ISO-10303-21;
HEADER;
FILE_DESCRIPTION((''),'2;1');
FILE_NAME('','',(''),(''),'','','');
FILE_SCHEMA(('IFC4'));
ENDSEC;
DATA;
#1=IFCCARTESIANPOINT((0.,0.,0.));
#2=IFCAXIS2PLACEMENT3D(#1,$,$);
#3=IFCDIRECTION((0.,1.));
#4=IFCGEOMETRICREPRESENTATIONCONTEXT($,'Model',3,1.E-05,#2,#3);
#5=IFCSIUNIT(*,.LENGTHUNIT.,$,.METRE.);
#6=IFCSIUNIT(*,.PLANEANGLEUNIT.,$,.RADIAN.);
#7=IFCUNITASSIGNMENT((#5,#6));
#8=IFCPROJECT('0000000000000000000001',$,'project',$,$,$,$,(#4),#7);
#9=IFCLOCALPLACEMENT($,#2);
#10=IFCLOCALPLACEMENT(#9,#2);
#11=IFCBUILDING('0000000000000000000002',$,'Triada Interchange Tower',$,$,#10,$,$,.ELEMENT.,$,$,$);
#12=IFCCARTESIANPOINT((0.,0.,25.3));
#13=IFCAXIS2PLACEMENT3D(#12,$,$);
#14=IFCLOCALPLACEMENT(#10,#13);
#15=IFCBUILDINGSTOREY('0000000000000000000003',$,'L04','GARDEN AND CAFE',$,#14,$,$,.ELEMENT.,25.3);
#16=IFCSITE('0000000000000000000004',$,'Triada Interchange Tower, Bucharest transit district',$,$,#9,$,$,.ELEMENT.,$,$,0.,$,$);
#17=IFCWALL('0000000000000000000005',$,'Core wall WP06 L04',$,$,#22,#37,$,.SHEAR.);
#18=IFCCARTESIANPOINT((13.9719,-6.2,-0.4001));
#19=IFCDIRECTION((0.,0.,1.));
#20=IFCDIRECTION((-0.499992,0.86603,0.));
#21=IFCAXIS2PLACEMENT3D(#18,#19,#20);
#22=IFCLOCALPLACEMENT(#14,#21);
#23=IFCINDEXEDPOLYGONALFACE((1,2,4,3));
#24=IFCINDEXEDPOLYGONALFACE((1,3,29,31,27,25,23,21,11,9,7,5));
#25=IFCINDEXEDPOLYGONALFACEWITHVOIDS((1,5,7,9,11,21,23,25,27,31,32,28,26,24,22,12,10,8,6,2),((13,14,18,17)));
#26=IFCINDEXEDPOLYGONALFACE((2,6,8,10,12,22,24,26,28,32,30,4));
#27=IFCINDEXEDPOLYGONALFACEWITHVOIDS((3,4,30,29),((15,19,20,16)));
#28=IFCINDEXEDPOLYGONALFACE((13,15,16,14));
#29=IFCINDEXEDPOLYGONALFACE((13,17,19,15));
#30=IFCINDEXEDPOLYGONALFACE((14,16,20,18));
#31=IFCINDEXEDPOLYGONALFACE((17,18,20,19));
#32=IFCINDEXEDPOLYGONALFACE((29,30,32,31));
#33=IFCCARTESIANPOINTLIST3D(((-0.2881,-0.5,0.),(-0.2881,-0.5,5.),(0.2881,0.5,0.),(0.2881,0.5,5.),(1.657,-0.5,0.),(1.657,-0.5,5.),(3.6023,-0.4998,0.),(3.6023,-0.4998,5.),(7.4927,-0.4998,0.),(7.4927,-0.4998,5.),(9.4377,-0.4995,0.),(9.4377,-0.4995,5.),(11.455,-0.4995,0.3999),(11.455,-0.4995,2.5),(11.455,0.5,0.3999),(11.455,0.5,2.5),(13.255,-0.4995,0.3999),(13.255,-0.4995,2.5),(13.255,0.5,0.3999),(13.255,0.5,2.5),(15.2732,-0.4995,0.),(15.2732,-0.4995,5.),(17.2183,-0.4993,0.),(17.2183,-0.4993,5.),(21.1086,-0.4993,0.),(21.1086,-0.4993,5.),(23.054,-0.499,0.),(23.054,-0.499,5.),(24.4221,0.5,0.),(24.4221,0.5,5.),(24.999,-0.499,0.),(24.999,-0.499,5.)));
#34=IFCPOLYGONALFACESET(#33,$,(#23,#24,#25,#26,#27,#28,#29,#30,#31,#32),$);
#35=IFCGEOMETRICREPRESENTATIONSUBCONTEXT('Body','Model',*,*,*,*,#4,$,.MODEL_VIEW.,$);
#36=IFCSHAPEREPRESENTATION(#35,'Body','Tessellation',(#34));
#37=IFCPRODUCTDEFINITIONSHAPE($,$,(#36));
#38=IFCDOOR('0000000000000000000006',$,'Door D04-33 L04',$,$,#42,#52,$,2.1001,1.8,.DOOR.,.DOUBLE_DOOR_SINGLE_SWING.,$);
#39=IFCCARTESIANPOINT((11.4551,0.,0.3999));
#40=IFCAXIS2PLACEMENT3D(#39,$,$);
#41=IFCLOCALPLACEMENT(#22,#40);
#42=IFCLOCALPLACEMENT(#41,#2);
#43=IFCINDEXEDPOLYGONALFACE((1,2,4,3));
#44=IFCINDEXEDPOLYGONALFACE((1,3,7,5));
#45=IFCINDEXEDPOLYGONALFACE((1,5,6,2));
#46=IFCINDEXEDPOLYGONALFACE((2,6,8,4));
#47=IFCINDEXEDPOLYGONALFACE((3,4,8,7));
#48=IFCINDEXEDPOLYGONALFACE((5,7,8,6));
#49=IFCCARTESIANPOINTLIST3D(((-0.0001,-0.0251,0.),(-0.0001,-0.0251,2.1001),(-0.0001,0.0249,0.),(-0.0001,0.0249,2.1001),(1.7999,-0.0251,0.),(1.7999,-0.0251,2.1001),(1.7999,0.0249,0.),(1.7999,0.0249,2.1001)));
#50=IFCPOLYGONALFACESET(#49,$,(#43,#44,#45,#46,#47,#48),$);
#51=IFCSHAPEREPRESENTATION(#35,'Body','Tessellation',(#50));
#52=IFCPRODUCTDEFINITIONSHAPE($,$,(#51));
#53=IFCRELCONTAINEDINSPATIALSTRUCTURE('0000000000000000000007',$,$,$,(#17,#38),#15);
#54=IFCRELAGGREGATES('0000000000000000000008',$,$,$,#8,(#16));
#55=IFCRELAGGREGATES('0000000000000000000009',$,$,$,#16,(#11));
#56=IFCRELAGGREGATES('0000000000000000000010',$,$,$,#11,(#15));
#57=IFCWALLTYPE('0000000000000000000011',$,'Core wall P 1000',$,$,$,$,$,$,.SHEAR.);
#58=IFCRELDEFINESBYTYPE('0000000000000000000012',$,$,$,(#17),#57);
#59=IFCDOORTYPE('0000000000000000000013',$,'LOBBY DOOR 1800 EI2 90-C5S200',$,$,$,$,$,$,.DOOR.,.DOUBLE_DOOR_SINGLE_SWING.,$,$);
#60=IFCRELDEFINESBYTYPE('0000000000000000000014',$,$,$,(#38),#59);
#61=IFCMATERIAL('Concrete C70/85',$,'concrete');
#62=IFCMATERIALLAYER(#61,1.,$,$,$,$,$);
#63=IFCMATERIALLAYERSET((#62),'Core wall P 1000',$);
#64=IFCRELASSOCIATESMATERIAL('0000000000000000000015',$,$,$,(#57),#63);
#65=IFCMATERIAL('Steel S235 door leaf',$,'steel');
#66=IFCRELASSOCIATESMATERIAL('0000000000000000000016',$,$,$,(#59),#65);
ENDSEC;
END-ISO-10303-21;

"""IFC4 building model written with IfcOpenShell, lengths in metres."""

from ifc_helpers import new_model, si_unit, direction, frame, frame_2d, origin, place, context, subcontext, project, spatial, polyline, rectangle, outline, extrude, material, layer, layer_set, type_object, element, fill, save


model = new_model("IFC4")

# Units and contexts
model_context = context("Model", 3, precision=1e-05, world=origin(), true_north=direction((0.0, 1.0)))
body_context = subcontext(model_context, "Body", "Model", "MODEL_VIEW")
ifc_project = project(units=[si_unit("LENGTHUNIT", "METRE"), si_unit("PLANEANGLEUNIT", "RADIAN")], contexts=[model_context])

# Site, building, storey
site_placement = place(None, origin())
site = spatial("IfcSite", under=ifc_project, at=site_placement, Name="Triada Interchange Tower, Bucharest transit district", CompositionType="ELEMENT", RefElevation=0.0)
building_placement = place(site_placement, origin())
building = spatial("IfcBuilding", under=site, at=building_placement, Name="Triada Interchange Tower", CompositionType="ELEMENT")
storey_placement = place(building_placement, frame((0.0, 0.0, 25.3)))
storey = spatial("IfcBuildingStorey", under=building, at=storey_placement, Name="L04", Description="GARDEN AND CAFE", CompositionType="ELEMENT", Elevation=25.3)

# Shared definitions
ifc_material_1 = material(Name="Concrete C70/85", Category="concrete")

# Wall, opening, door
ifc_material_2 = material(Name="Steel S235 door leaf", Category="steel")
ifc_layer_1 = layer(ifc_material_1, 1.0)
ifc_layer_set_1 = layer_set([ifc_layer_1], Name="Core wall P 1000")
wall_type_1 = type_object("IfcWallType", Name="Core wall P 1000", PredefinedType="SHEAR", material=ifc_layer_set_1)
wall_1_placement = place(storey_placement, frame((13.9719, -6.2, -0.4001), z_axis=(0.0, 0.0, 1.0), x_axis=(-0.499992, 0.86603, 0.0)))
wall_1 = element("IfcWall", 1, at=wall_1_placement, inside=storey, type_object=wall_type_1, Name="Core wall WP06 L04", PredefinedType="SHEAR", context=body_context, shape_type="SweptSolid", body=[
    extrude(outline(polyline([(-0.2881, -0.5), (1.657, -0.5), (3.6023, -0.4998), (5.5474, -0.4998), (7.4927, -0.4998), (9.4377, -0.4995), (11.3828, -0.4995), (13.3281, -0.4995), (15.2732, -0.4995), (17.2183, -0.4993), (19.1636, -0.4993), (21.1086, -0.4993), (23.054, -0.499), (24.999, -0.499), (24.4221, 0.5), (22.5657, 0.5), (20.7092, 0.5), (18.8528, 0.5), (16.9963, 0.5), (15.1399, 0.5), (13.2834, 0.5), (11.4268, 0.5), (9.5703, 0.5), (7.7139, 0.5), (5.8574, 0.5), (4.001, 0.5), (2.1445, 0.5), (0.2881, 0.5), (-0.2881, -0.5)])), origin(), (0.0, 0.0, 1.0), 5.0),
])
opening_1_placement = place(wall_1_placement, frame((11.4551, 0.0, 0.3999)))
opening_1 = element("IfcOpeningElement", 2, at=opening_1_placement, cuts=wall_1, PredefinedType="OPENING", context=body_context, shape_type="SweptSolid", body=[
    extrude(rectangle(XDim=1.8, YDim=2.1001, at=frame_2d((0.8999, 1.05))), frame((0.0, 0.51, 0.0), z_axis=(0.0, -1.0, 0.0), x_axis=(1.0, 0.0, 0.0)), (0.0, 0.0, 1.0), 1.02),
])
door_type_1 = type_object("IfcDoorType", Name="LOBBY DOOR 1800 EI2 90-C5S200", OperationType="DOUBLE_DOOR_SINGLE_SWING", PredefinedType="DOOR", material=ifc_material_2)
door_1_placement = place(opening_1_placement, origin())
door_1 = element("IfcDoor", 3, at=door_1_placement, inside=storey, type_object=door_type_1, Name="Door D04-33 L04", OperationType="DOUBLE_DOOR_SINGLE_SWING", OverallHeight=2.1001, OverallWidth=1.8, PredefinedType="DOOR", context=body_context, shape_type="SweptSolid", body=[
    extrude(rectangle(XDim=1.8, YDim=2.1001, at=frame_2d((0.8999, 1.05))), frame((0.0, 0.0249, 0.0), z_axis=(0.0, -1.0, 0.0), x_axis=(1.0, 0.0, 0.0)), (0.0, 0.0, 1.0), 0.05),
])
fill(opening_1, door_1)

save(model, "model.ifc")
